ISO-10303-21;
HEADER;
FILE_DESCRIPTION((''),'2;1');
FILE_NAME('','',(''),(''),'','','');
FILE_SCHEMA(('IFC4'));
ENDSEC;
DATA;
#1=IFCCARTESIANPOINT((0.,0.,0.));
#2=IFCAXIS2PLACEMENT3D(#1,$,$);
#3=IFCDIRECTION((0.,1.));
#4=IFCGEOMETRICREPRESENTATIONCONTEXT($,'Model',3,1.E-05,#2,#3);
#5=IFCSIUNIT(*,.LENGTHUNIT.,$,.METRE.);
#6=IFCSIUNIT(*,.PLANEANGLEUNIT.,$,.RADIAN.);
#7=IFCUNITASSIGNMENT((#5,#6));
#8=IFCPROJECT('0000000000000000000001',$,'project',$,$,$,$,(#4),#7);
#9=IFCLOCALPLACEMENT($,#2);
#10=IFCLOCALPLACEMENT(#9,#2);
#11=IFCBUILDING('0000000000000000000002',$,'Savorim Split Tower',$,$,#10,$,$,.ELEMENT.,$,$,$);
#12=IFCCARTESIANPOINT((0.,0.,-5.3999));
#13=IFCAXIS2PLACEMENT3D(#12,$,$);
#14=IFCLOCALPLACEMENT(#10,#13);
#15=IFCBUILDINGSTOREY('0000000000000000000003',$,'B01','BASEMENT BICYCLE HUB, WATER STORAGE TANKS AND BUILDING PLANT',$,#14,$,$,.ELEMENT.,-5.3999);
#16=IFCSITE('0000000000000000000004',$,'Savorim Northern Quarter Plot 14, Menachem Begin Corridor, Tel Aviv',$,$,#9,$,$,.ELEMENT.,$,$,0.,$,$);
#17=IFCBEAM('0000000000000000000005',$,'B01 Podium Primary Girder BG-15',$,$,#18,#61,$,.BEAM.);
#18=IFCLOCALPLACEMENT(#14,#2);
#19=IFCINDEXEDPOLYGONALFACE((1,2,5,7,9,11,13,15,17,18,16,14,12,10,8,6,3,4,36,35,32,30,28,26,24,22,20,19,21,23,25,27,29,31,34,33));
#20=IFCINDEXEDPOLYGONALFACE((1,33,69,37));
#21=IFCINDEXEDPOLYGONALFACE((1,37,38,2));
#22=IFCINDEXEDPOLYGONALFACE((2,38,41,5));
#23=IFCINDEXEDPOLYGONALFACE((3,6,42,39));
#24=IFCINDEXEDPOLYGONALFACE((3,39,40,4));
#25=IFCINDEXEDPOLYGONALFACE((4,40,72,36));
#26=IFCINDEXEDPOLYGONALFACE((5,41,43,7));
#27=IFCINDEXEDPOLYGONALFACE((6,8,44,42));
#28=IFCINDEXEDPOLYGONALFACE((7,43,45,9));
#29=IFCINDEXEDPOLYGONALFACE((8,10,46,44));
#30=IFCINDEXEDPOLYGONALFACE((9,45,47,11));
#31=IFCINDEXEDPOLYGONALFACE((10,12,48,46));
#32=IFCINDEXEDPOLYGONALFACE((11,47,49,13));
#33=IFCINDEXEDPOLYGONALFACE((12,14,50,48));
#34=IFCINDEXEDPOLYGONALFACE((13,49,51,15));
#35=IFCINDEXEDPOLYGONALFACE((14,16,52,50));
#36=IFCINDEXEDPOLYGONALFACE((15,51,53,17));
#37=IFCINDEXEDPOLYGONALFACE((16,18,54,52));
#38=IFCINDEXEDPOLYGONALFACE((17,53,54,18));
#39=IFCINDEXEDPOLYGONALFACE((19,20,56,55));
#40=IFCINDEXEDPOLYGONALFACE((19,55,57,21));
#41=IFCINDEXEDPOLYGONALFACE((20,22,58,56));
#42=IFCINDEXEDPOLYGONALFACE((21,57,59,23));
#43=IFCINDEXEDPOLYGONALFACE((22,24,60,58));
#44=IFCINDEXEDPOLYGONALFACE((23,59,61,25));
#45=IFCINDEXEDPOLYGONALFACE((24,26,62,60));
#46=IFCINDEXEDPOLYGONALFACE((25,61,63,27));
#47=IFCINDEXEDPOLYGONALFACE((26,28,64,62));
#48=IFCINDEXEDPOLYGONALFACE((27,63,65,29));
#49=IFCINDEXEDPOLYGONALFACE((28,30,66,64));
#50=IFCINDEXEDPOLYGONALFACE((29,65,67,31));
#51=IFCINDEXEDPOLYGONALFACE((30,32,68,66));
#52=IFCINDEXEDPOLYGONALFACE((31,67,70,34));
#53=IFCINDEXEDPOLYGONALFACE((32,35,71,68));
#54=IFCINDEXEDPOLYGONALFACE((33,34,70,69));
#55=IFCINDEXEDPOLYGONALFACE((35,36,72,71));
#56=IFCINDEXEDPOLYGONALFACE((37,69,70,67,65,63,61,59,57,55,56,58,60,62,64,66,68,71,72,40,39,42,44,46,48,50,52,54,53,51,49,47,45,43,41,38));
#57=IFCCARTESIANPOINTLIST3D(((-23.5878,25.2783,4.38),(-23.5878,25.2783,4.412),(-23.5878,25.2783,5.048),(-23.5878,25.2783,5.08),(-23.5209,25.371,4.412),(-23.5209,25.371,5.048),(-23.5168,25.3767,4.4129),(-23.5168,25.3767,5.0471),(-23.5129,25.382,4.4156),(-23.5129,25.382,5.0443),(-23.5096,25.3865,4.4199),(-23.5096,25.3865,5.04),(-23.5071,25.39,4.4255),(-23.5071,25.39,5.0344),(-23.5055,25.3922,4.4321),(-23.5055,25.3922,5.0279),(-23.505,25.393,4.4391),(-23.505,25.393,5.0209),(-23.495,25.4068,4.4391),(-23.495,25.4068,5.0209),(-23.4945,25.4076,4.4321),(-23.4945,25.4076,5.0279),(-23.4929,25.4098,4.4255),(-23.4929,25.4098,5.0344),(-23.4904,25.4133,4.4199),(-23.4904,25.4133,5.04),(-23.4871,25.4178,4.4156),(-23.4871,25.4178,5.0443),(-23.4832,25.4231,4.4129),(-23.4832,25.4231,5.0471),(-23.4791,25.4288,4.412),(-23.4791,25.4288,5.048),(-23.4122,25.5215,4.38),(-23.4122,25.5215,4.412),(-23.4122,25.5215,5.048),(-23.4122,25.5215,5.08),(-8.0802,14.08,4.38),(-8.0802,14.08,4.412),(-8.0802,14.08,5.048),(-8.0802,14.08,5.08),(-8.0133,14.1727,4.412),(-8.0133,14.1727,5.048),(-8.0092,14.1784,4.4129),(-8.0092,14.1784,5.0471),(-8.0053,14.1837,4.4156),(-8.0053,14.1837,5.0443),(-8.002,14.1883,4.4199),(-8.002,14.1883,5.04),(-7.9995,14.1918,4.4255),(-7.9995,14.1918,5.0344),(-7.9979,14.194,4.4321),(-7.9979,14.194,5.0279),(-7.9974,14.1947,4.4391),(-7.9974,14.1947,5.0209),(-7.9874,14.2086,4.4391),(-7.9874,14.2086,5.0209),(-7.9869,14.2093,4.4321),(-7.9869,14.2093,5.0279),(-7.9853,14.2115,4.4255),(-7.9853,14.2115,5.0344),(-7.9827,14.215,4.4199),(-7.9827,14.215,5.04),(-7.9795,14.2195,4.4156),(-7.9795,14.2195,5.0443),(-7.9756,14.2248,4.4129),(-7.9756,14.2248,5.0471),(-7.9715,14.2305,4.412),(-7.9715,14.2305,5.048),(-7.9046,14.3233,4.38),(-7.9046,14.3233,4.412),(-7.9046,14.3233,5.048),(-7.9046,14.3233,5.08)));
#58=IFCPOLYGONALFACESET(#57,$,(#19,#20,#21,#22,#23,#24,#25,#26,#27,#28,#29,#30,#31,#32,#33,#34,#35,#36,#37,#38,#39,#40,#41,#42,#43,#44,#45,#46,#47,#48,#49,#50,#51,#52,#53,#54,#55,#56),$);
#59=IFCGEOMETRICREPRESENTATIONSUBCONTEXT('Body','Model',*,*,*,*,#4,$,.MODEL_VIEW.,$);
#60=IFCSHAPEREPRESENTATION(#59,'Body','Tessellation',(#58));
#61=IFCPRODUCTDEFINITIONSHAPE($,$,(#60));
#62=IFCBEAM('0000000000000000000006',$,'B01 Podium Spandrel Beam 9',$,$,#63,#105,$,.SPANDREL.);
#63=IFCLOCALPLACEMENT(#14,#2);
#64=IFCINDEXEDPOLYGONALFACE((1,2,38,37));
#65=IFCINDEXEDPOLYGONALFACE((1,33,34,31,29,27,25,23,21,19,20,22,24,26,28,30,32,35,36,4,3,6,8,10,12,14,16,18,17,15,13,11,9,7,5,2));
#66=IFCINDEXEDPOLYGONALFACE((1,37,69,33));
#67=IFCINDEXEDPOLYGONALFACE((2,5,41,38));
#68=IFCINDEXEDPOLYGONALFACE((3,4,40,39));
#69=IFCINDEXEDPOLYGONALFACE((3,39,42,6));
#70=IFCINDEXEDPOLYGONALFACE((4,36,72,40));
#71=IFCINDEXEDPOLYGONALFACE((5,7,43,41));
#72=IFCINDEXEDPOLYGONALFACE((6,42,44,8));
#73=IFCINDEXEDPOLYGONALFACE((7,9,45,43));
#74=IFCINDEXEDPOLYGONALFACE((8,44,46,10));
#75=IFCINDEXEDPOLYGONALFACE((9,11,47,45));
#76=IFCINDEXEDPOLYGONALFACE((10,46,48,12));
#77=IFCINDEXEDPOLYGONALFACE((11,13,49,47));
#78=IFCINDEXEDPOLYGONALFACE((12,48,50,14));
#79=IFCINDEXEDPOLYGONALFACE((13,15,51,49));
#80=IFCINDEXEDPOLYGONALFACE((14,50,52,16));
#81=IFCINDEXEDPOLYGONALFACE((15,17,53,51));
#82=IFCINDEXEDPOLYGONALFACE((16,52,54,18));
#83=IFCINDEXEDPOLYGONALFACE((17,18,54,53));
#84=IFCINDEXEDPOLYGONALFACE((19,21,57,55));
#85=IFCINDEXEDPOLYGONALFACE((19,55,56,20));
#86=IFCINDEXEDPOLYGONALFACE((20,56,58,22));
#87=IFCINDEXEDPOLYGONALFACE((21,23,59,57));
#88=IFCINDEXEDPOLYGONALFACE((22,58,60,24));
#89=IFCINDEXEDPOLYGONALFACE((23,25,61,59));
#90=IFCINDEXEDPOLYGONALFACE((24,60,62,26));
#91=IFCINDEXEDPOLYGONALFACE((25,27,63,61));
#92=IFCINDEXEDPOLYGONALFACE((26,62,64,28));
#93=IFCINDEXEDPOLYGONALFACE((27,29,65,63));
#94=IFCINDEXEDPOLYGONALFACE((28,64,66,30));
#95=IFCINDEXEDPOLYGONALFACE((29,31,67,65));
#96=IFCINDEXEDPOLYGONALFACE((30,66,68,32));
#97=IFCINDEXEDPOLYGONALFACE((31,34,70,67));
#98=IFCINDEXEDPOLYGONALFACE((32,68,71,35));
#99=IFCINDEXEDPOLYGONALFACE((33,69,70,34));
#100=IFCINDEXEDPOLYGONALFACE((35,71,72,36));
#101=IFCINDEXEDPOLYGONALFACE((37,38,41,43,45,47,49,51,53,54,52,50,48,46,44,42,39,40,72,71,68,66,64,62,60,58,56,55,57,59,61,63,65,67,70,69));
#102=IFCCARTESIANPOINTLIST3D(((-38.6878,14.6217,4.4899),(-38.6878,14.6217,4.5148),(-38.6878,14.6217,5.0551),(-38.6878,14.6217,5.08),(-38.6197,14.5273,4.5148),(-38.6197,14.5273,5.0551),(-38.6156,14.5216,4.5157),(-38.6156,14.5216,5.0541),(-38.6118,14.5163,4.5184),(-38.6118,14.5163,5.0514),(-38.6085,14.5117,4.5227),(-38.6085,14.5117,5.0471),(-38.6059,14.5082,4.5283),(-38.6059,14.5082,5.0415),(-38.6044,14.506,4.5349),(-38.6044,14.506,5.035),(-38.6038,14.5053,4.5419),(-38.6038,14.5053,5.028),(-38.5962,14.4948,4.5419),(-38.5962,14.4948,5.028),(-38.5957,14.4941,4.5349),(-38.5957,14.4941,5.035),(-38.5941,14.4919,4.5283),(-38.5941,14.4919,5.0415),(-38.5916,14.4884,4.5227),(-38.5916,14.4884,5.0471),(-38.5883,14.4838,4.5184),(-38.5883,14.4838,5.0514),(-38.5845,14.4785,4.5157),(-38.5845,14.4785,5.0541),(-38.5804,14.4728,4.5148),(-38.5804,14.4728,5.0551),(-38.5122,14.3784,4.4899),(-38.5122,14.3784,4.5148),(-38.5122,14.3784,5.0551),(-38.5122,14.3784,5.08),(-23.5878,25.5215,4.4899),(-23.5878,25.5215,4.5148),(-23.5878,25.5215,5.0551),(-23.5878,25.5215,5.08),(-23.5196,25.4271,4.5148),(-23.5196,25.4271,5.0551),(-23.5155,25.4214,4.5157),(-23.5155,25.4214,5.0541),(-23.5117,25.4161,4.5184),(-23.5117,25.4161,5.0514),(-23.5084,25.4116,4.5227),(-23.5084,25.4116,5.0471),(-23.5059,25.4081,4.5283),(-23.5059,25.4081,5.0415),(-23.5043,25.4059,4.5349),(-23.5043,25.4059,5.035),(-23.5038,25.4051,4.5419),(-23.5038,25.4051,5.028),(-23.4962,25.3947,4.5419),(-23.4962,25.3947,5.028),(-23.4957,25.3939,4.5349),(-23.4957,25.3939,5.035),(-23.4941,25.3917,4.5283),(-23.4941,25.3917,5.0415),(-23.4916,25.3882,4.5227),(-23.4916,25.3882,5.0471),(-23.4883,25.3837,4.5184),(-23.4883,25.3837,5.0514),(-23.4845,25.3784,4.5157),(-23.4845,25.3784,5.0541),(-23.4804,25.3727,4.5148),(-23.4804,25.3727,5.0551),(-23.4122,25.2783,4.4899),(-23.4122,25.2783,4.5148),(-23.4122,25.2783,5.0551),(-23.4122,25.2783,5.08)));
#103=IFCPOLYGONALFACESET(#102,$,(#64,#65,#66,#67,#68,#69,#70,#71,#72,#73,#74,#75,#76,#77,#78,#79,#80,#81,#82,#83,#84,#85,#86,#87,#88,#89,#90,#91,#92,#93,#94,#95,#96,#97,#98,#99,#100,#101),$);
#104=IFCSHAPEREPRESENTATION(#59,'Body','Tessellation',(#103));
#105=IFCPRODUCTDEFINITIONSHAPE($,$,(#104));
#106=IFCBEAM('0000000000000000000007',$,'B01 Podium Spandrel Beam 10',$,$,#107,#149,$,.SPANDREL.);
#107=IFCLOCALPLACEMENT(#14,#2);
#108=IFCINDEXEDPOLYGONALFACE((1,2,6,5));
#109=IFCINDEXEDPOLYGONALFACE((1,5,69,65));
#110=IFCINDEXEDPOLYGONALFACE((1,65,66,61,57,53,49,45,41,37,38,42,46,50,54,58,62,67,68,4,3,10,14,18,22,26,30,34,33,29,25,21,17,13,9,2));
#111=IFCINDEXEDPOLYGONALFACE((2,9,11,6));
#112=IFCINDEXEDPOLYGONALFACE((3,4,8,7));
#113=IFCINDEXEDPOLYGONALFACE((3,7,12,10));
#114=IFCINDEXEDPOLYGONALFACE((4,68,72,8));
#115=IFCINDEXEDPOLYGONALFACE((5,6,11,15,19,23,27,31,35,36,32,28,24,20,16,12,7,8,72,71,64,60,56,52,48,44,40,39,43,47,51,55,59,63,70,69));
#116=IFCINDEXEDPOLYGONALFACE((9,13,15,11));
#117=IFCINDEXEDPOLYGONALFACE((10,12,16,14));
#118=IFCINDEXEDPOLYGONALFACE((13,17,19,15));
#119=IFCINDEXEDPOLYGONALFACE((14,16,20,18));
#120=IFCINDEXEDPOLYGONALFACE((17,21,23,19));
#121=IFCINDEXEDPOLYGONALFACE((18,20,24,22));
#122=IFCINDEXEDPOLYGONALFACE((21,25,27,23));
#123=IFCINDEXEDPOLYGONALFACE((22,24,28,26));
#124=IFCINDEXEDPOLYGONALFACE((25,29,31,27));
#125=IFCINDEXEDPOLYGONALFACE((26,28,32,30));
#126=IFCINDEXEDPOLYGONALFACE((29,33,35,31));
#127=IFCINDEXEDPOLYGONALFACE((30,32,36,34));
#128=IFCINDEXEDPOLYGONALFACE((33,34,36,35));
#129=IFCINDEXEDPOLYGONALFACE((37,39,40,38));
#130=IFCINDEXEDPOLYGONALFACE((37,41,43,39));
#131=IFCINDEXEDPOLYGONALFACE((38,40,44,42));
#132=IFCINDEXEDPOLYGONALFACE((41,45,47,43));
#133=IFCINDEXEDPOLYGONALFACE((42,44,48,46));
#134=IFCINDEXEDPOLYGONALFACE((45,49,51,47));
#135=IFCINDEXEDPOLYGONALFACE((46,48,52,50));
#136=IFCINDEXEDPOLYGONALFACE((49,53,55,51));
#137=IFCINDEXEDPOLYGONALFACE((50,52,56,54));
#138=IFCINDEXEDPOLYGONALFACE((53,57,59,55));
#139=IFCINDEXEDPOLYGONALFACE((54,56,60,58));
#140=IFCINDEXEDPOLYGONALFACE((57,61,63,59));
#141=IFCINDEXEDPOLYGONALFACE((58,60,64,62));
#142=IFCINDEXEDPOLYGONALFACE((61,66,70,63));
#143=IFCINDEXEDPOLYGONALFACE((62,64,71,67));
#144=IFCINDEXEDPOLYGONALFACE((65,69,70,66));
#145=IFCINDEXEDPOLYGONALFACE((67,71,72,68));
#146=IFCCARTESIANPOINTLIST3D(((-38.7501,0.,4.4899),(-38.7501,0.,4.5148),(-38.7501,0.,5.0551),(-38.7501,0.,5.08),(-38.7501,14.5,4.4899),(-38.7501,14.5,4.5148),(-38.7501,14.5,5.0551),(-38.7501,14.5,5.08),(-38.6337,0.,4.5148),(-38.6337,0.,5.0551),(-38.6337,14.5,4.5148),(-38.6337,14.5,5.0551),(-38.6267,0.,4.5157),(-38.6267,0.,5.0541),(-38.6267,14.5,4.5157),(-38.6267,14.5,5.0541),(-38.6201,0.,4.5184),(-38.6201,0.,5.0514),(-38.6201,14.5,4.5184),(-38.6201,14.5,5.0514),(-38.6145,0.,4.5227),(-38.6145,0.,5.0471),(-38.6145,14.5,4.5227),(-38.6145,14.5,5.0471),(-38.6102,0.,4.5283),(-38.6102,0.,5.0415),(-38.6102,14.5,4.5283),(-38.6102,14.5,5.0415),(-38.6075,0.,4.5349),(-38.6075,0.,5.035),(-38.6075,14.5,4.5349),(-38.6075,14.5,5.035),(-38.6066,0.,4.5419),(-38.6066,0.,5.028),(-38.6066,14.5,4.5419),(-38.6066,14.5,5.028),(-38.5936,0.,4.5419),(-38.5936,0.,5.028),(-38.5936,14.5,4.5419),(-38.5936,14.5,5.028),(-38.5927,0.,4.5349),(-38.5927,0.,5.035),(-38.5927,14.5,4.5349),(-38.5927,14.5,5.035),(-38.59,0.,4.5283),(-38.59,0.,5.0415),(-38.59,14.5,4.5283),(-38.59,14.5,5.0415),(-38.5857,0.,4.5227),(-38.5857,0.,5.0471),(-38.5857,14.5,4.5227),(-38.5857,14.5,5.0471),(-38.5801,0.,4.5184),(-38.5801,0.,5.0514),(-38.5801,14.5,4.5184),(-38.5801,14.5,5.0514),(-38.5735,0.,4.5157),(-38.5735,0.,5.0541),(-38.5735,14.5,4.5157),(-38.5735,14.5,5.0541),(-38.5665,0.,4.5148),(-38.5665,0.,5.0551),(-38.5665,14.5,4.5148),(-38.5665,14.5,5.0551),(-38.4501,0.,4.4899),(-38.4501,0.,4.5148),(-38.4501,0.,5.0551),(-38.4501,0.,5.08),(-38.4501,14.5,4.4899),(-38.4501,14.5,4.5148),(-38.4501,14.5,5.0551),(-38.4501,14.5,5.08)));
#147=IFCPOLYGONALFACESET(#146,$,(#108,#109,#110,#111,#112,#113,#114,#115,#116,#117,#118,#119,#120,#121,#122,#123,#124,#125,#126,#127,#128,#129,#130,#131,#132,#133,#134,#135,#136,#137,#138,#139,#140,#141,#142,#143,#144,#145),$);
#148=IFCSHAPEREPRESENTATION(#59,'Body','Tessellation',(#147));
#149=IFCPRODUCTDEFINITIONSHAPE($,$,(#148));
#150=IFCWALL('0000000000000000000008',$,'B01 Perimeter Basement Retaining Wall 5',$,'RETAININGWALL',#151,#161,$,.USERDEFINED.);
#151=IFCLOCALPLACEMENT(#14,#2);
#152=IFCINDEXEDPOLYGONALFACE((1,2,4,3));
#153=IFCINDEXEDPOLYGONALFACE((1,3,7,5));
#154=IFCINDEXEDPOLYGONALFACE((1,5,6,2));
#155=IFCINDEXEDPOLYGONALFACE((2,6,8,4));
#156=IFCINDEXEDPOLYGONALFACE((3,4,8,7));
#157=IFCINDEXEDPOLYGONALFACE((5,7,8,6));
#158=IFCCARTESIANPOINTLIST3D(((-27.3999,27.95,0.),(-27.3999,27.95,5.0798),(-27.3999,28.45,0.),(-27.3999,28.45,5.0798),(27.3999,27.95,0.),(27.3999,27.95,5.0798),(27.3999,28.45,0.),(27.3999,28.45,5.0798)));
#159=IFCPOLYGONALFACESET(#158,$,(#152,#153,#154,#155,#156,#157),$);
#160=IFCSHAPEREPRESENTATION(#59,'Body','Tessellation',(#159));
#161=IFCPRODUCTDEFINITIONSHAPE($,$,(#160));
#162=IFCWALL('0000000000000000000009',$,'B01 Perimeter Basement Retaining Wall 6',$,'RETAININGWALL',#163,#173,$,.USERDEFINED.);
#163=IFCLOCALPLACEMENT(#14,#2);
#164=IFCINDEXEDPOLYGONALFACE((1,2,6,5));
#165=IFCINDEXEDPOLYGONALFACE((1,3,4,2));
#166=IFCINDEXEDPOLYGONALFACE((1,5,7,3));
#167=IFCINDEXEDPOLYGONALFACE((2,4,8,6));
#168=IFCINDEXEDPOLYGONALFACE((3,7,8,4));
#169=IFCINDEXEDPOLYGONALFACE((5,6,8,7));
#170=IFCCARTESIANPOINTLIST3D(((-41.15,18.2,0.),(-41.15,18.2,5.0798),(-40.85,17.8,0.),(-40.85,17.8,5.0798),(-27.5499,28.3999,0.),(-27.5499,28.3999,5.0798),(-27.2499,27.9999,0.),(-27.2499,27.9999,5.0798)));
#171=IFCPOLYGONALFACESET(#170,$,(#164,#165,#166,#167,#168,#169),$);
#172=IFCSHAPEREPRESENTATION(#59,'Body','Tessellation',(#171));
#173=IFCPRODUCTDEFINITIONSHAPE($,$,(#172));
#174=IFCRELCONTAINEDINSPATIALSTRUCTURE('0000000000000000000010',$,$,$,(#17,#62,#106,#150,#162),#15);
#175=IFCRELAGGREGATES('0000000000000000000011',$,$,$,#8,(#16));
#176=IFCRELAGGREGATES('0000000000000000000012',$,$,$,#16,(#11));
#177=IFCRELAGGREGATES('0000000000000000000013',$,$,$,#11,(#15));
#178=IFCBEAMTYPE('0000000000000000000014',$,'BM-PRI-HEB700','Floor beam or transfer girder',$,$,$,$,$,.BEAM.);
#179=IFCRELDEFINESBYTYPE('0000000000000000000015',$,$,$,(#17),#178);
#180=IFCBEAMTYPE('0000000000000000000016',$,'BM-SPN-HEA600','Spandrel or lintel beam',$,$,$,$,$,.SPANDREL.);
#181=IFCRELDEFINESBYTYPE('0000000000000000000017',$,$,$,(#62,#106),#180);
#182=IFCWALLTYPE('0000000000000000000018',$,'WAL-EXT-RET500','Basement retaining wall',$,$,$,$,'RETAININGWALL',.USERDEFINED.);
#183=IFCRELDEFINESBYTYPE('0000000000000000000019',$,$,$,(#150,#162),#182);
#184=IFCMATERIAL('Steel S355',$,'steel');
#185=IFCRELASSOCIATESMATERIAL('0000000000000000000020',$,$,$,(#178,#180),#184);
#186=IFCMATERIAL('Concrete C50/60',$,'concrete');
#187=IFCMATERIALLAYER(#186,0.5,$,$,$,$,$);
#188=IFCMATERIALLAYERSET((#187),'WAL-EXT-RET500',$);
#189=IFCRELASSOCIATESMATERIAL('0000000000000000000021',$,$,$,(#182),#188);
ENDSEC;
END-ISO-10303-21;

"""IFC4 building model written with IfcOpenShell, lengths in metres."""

from ifc_helpers import new_model, si_unit, direction, frame, frame_2d, origin, origin_2d, place, context, subcontext, project, spatial, rectangle, i_section, extrude, material, layer, layer_set, material_profile, profile_set, type_object, element, save


model = new_model("IFC4")

# Units and contexts
model_context = context("Model", 3, precision=1e-05, world=origin(), true_north=direction((0.0, 1.0)))
body_context = subcontext(model_context, "Body", "Model", "MODEL_VIEW")
ifc_project = project(units=[si_unit("LENGTHUNIT", "METRE"), si_unit("PLANEANGLEUNIT", "RADIAN")], contexts=[model_context])

# Site, building, storey
site_placement = place(None, origin())
site = spatial("IfcSite", under=ifc_project, at=site_placement, Name="Savorim Northern Quarter Plot 14, Menachem Begin Corridor, Tel Aviv", CompositionType="ELEMENT", RefElevation=0.0)
building_placement = place(site_placement, origin())
building = spatial("IfcBuilding", under=site, at=building_placement, Name="Savorim Split Tower", CompositionType="ELEMENT")
storey_placement = place(building_placement, frame((0.0, 0.0, -5.3999)))
storey = spatial("IfcBuildingStorey", under=building, at=storey_placement, Name="B01", Description="BASEMENT BICYCLE HUB, WATER STORAGE TANKS AND BUILDING PLANT", CompositionType="ELEMENT", Elevation=-5.3999)

# Shared definitions
ifc_material_1 = material(Name="Concrete C50/60", Category="concrete")

# Beams
ifc_material_2 = material(Name="Steel S355", Category="steel")
ifc_material_profile_1 = material_profile(ifc_material_2, i_section(OverallWidth=0.3, OverallDepth=0.7, WebThickness=0.0171, FlangeThickness=0.032, FilletRadius=0.0271, at=origin_2d()), Name="HEB 700")
ifc_profile_set_1 = profile_set([ifc_material_profile_1], Name="Steel S355")
beam_type_1 = type_object("IfcBeamType", Name="BM-PRI-HEB700", Description="Floor beam or transfer girder", PredefinedType="BEAM", material=ifc_profile_set_1)
beam_1_placement = place(storey_placement, frame((-23.5, 25.3999, 4.73), z_axis=(0.810721, -0.585433, 0.0), x_axis=(0.585433, 0.810721, 0.0)))
element("IfcBeam", 1, at=beam_1_placement, inside=storey, type_object=beam_type_1, Name="B01 Podium Primary Girder BG-15", PredefinedType="BEAM", context=body_context, shape_type="SweptSolid", body=[
    extrude(i_section(OverallWidth=0.3, OverallDepth=0.7, WebThickness=0.0171, FlangeThickness=0.032, FilletRadius=0.0271, at=origin_2d()), origin(), (0.0, 0.0, 1.0), 19.1282),
])
ifc_material_profile_2 = material_profile(ifc_material_2, i_section(OverallWidth=0.3, OverallDepth=0.5901, WebThickness=0.0129, FlangeThickness=0.0249, FilletRadius=0.0271, at=origin_2d()), Name="HEA 600")
ifc_profile_set_2 = profile_set([ifc_material_profile_2], Name="Steel S355")
beam_type_2 = type_object("IfcBeamType", Name="BM-SPN-HEA600", Description="Spandrel or lintel beam", PredefinedType="SPANDREL", material=ifc_profile_set_2)
beam_2_placement = place(storey_placement, frame((-23.5, 25.3999, 4.7849), z_axis=(-0.810825, -0.585289, 0.0), x_axis=(0.585289, -0.810825, 0.0)))
element("IfcBeam", 2, at=beam_2_placement, inside=storey, type_object=beam_type_2, Name="B01 Podium Spandrel Beam 9", PredefinedType="SPANDREL", context=body_context, shape_type="SweptSolid", body=[
    extrude(i_section(OverallWidth=0.3, OverallDepth=0.5901, WebThickness=0.0129, FlangeThickness=0.0249, FilletRadius=0.0271, at=origin_2d()), origin(), (0.0, 0.0, 1.0), 18.623),
])
beam_3_placement = place(storey_placement, frame((-38.6001, 14.5, 4.7849), z_axis=(0.0, -1.0, 0.0), x_axis=(1.0, 0.0, 0.0)))
element("IfcBeam", 3, at=beam_3_placement, inside=storey, type_object=beam_type_2, Name="B01 Podium Spandrel Beam 10", PredefinedType="SPANDREL", context=body_context, shape_type="SweptSolid", body=[
    extrude(i_section(OverallWidth=0.3, OverallDepth=0.5901, WebThickness=0.0129, FlangeThickness=0.0249, FilletRadius=0.0271, at=origin_2d()), origin(), (0.0, 0.0, 1.0), 14.5),
])

# Walls
ifc_layer = layer(ifc_material_1, 0.5)
ifc_layer_set = layer_set([ifc_layer], Name="WAL-EXT-RET500")
wall_type = type_object("IfcWallType", Name="WAL-EXT-RET500", Description="Basement retaining wall", ElementType="RETAININGWALL", PredefinedType="USERDEFINED", material=ifc_layer_set)
wall_1_placement = place(storey_placement, frame((-27.3999, 28.2, 0.0), z_axis=(0.0, 0.0, 1.0), x_axis=(1.0, 0.0, 0.0)))
element("IfcWall", 4, at=wall_1_placement, inside=storey, type_object=wall_type, Name="B01 Perimeter Basement Retaining Wall 5", ObjectType="RETAININGWALL", PredefinedType="USERDEFINED", context=body_context, shape_type="SweptSolid", body=[
    extrude(rectangle(XDim=54.7998, YDim=0.5, at=frame_2d((27.3999, 0.0))), origin(), (0.0, 0.0, 1.0), 5.0798),
])
wall_2_placement = place(storey_placement, frame((-41.0, 18.0, 0.0), z_axis=(0.0, 0.0, 1.0), x_axis=(0.800003, 0.599995, 0.0)))
element("IfcWall", 5, at=wall_2_placement, inside=storey, type_object=wall_type, Name="B01 Perimeter Basement Retaining Wall 6", ObjectType="RETAININGWALL", PredefinedType="USERDEFINED", context=body_context, shape_type="SweptSolid", body=[
    extrude(rectangle(XDim=17.0, YDim=0.5, at=frame_2d((8.5, 0.0))), origin(), (0.0, 0.0, 1.0), 5.0798),
])

save(model, "model.ifc")
